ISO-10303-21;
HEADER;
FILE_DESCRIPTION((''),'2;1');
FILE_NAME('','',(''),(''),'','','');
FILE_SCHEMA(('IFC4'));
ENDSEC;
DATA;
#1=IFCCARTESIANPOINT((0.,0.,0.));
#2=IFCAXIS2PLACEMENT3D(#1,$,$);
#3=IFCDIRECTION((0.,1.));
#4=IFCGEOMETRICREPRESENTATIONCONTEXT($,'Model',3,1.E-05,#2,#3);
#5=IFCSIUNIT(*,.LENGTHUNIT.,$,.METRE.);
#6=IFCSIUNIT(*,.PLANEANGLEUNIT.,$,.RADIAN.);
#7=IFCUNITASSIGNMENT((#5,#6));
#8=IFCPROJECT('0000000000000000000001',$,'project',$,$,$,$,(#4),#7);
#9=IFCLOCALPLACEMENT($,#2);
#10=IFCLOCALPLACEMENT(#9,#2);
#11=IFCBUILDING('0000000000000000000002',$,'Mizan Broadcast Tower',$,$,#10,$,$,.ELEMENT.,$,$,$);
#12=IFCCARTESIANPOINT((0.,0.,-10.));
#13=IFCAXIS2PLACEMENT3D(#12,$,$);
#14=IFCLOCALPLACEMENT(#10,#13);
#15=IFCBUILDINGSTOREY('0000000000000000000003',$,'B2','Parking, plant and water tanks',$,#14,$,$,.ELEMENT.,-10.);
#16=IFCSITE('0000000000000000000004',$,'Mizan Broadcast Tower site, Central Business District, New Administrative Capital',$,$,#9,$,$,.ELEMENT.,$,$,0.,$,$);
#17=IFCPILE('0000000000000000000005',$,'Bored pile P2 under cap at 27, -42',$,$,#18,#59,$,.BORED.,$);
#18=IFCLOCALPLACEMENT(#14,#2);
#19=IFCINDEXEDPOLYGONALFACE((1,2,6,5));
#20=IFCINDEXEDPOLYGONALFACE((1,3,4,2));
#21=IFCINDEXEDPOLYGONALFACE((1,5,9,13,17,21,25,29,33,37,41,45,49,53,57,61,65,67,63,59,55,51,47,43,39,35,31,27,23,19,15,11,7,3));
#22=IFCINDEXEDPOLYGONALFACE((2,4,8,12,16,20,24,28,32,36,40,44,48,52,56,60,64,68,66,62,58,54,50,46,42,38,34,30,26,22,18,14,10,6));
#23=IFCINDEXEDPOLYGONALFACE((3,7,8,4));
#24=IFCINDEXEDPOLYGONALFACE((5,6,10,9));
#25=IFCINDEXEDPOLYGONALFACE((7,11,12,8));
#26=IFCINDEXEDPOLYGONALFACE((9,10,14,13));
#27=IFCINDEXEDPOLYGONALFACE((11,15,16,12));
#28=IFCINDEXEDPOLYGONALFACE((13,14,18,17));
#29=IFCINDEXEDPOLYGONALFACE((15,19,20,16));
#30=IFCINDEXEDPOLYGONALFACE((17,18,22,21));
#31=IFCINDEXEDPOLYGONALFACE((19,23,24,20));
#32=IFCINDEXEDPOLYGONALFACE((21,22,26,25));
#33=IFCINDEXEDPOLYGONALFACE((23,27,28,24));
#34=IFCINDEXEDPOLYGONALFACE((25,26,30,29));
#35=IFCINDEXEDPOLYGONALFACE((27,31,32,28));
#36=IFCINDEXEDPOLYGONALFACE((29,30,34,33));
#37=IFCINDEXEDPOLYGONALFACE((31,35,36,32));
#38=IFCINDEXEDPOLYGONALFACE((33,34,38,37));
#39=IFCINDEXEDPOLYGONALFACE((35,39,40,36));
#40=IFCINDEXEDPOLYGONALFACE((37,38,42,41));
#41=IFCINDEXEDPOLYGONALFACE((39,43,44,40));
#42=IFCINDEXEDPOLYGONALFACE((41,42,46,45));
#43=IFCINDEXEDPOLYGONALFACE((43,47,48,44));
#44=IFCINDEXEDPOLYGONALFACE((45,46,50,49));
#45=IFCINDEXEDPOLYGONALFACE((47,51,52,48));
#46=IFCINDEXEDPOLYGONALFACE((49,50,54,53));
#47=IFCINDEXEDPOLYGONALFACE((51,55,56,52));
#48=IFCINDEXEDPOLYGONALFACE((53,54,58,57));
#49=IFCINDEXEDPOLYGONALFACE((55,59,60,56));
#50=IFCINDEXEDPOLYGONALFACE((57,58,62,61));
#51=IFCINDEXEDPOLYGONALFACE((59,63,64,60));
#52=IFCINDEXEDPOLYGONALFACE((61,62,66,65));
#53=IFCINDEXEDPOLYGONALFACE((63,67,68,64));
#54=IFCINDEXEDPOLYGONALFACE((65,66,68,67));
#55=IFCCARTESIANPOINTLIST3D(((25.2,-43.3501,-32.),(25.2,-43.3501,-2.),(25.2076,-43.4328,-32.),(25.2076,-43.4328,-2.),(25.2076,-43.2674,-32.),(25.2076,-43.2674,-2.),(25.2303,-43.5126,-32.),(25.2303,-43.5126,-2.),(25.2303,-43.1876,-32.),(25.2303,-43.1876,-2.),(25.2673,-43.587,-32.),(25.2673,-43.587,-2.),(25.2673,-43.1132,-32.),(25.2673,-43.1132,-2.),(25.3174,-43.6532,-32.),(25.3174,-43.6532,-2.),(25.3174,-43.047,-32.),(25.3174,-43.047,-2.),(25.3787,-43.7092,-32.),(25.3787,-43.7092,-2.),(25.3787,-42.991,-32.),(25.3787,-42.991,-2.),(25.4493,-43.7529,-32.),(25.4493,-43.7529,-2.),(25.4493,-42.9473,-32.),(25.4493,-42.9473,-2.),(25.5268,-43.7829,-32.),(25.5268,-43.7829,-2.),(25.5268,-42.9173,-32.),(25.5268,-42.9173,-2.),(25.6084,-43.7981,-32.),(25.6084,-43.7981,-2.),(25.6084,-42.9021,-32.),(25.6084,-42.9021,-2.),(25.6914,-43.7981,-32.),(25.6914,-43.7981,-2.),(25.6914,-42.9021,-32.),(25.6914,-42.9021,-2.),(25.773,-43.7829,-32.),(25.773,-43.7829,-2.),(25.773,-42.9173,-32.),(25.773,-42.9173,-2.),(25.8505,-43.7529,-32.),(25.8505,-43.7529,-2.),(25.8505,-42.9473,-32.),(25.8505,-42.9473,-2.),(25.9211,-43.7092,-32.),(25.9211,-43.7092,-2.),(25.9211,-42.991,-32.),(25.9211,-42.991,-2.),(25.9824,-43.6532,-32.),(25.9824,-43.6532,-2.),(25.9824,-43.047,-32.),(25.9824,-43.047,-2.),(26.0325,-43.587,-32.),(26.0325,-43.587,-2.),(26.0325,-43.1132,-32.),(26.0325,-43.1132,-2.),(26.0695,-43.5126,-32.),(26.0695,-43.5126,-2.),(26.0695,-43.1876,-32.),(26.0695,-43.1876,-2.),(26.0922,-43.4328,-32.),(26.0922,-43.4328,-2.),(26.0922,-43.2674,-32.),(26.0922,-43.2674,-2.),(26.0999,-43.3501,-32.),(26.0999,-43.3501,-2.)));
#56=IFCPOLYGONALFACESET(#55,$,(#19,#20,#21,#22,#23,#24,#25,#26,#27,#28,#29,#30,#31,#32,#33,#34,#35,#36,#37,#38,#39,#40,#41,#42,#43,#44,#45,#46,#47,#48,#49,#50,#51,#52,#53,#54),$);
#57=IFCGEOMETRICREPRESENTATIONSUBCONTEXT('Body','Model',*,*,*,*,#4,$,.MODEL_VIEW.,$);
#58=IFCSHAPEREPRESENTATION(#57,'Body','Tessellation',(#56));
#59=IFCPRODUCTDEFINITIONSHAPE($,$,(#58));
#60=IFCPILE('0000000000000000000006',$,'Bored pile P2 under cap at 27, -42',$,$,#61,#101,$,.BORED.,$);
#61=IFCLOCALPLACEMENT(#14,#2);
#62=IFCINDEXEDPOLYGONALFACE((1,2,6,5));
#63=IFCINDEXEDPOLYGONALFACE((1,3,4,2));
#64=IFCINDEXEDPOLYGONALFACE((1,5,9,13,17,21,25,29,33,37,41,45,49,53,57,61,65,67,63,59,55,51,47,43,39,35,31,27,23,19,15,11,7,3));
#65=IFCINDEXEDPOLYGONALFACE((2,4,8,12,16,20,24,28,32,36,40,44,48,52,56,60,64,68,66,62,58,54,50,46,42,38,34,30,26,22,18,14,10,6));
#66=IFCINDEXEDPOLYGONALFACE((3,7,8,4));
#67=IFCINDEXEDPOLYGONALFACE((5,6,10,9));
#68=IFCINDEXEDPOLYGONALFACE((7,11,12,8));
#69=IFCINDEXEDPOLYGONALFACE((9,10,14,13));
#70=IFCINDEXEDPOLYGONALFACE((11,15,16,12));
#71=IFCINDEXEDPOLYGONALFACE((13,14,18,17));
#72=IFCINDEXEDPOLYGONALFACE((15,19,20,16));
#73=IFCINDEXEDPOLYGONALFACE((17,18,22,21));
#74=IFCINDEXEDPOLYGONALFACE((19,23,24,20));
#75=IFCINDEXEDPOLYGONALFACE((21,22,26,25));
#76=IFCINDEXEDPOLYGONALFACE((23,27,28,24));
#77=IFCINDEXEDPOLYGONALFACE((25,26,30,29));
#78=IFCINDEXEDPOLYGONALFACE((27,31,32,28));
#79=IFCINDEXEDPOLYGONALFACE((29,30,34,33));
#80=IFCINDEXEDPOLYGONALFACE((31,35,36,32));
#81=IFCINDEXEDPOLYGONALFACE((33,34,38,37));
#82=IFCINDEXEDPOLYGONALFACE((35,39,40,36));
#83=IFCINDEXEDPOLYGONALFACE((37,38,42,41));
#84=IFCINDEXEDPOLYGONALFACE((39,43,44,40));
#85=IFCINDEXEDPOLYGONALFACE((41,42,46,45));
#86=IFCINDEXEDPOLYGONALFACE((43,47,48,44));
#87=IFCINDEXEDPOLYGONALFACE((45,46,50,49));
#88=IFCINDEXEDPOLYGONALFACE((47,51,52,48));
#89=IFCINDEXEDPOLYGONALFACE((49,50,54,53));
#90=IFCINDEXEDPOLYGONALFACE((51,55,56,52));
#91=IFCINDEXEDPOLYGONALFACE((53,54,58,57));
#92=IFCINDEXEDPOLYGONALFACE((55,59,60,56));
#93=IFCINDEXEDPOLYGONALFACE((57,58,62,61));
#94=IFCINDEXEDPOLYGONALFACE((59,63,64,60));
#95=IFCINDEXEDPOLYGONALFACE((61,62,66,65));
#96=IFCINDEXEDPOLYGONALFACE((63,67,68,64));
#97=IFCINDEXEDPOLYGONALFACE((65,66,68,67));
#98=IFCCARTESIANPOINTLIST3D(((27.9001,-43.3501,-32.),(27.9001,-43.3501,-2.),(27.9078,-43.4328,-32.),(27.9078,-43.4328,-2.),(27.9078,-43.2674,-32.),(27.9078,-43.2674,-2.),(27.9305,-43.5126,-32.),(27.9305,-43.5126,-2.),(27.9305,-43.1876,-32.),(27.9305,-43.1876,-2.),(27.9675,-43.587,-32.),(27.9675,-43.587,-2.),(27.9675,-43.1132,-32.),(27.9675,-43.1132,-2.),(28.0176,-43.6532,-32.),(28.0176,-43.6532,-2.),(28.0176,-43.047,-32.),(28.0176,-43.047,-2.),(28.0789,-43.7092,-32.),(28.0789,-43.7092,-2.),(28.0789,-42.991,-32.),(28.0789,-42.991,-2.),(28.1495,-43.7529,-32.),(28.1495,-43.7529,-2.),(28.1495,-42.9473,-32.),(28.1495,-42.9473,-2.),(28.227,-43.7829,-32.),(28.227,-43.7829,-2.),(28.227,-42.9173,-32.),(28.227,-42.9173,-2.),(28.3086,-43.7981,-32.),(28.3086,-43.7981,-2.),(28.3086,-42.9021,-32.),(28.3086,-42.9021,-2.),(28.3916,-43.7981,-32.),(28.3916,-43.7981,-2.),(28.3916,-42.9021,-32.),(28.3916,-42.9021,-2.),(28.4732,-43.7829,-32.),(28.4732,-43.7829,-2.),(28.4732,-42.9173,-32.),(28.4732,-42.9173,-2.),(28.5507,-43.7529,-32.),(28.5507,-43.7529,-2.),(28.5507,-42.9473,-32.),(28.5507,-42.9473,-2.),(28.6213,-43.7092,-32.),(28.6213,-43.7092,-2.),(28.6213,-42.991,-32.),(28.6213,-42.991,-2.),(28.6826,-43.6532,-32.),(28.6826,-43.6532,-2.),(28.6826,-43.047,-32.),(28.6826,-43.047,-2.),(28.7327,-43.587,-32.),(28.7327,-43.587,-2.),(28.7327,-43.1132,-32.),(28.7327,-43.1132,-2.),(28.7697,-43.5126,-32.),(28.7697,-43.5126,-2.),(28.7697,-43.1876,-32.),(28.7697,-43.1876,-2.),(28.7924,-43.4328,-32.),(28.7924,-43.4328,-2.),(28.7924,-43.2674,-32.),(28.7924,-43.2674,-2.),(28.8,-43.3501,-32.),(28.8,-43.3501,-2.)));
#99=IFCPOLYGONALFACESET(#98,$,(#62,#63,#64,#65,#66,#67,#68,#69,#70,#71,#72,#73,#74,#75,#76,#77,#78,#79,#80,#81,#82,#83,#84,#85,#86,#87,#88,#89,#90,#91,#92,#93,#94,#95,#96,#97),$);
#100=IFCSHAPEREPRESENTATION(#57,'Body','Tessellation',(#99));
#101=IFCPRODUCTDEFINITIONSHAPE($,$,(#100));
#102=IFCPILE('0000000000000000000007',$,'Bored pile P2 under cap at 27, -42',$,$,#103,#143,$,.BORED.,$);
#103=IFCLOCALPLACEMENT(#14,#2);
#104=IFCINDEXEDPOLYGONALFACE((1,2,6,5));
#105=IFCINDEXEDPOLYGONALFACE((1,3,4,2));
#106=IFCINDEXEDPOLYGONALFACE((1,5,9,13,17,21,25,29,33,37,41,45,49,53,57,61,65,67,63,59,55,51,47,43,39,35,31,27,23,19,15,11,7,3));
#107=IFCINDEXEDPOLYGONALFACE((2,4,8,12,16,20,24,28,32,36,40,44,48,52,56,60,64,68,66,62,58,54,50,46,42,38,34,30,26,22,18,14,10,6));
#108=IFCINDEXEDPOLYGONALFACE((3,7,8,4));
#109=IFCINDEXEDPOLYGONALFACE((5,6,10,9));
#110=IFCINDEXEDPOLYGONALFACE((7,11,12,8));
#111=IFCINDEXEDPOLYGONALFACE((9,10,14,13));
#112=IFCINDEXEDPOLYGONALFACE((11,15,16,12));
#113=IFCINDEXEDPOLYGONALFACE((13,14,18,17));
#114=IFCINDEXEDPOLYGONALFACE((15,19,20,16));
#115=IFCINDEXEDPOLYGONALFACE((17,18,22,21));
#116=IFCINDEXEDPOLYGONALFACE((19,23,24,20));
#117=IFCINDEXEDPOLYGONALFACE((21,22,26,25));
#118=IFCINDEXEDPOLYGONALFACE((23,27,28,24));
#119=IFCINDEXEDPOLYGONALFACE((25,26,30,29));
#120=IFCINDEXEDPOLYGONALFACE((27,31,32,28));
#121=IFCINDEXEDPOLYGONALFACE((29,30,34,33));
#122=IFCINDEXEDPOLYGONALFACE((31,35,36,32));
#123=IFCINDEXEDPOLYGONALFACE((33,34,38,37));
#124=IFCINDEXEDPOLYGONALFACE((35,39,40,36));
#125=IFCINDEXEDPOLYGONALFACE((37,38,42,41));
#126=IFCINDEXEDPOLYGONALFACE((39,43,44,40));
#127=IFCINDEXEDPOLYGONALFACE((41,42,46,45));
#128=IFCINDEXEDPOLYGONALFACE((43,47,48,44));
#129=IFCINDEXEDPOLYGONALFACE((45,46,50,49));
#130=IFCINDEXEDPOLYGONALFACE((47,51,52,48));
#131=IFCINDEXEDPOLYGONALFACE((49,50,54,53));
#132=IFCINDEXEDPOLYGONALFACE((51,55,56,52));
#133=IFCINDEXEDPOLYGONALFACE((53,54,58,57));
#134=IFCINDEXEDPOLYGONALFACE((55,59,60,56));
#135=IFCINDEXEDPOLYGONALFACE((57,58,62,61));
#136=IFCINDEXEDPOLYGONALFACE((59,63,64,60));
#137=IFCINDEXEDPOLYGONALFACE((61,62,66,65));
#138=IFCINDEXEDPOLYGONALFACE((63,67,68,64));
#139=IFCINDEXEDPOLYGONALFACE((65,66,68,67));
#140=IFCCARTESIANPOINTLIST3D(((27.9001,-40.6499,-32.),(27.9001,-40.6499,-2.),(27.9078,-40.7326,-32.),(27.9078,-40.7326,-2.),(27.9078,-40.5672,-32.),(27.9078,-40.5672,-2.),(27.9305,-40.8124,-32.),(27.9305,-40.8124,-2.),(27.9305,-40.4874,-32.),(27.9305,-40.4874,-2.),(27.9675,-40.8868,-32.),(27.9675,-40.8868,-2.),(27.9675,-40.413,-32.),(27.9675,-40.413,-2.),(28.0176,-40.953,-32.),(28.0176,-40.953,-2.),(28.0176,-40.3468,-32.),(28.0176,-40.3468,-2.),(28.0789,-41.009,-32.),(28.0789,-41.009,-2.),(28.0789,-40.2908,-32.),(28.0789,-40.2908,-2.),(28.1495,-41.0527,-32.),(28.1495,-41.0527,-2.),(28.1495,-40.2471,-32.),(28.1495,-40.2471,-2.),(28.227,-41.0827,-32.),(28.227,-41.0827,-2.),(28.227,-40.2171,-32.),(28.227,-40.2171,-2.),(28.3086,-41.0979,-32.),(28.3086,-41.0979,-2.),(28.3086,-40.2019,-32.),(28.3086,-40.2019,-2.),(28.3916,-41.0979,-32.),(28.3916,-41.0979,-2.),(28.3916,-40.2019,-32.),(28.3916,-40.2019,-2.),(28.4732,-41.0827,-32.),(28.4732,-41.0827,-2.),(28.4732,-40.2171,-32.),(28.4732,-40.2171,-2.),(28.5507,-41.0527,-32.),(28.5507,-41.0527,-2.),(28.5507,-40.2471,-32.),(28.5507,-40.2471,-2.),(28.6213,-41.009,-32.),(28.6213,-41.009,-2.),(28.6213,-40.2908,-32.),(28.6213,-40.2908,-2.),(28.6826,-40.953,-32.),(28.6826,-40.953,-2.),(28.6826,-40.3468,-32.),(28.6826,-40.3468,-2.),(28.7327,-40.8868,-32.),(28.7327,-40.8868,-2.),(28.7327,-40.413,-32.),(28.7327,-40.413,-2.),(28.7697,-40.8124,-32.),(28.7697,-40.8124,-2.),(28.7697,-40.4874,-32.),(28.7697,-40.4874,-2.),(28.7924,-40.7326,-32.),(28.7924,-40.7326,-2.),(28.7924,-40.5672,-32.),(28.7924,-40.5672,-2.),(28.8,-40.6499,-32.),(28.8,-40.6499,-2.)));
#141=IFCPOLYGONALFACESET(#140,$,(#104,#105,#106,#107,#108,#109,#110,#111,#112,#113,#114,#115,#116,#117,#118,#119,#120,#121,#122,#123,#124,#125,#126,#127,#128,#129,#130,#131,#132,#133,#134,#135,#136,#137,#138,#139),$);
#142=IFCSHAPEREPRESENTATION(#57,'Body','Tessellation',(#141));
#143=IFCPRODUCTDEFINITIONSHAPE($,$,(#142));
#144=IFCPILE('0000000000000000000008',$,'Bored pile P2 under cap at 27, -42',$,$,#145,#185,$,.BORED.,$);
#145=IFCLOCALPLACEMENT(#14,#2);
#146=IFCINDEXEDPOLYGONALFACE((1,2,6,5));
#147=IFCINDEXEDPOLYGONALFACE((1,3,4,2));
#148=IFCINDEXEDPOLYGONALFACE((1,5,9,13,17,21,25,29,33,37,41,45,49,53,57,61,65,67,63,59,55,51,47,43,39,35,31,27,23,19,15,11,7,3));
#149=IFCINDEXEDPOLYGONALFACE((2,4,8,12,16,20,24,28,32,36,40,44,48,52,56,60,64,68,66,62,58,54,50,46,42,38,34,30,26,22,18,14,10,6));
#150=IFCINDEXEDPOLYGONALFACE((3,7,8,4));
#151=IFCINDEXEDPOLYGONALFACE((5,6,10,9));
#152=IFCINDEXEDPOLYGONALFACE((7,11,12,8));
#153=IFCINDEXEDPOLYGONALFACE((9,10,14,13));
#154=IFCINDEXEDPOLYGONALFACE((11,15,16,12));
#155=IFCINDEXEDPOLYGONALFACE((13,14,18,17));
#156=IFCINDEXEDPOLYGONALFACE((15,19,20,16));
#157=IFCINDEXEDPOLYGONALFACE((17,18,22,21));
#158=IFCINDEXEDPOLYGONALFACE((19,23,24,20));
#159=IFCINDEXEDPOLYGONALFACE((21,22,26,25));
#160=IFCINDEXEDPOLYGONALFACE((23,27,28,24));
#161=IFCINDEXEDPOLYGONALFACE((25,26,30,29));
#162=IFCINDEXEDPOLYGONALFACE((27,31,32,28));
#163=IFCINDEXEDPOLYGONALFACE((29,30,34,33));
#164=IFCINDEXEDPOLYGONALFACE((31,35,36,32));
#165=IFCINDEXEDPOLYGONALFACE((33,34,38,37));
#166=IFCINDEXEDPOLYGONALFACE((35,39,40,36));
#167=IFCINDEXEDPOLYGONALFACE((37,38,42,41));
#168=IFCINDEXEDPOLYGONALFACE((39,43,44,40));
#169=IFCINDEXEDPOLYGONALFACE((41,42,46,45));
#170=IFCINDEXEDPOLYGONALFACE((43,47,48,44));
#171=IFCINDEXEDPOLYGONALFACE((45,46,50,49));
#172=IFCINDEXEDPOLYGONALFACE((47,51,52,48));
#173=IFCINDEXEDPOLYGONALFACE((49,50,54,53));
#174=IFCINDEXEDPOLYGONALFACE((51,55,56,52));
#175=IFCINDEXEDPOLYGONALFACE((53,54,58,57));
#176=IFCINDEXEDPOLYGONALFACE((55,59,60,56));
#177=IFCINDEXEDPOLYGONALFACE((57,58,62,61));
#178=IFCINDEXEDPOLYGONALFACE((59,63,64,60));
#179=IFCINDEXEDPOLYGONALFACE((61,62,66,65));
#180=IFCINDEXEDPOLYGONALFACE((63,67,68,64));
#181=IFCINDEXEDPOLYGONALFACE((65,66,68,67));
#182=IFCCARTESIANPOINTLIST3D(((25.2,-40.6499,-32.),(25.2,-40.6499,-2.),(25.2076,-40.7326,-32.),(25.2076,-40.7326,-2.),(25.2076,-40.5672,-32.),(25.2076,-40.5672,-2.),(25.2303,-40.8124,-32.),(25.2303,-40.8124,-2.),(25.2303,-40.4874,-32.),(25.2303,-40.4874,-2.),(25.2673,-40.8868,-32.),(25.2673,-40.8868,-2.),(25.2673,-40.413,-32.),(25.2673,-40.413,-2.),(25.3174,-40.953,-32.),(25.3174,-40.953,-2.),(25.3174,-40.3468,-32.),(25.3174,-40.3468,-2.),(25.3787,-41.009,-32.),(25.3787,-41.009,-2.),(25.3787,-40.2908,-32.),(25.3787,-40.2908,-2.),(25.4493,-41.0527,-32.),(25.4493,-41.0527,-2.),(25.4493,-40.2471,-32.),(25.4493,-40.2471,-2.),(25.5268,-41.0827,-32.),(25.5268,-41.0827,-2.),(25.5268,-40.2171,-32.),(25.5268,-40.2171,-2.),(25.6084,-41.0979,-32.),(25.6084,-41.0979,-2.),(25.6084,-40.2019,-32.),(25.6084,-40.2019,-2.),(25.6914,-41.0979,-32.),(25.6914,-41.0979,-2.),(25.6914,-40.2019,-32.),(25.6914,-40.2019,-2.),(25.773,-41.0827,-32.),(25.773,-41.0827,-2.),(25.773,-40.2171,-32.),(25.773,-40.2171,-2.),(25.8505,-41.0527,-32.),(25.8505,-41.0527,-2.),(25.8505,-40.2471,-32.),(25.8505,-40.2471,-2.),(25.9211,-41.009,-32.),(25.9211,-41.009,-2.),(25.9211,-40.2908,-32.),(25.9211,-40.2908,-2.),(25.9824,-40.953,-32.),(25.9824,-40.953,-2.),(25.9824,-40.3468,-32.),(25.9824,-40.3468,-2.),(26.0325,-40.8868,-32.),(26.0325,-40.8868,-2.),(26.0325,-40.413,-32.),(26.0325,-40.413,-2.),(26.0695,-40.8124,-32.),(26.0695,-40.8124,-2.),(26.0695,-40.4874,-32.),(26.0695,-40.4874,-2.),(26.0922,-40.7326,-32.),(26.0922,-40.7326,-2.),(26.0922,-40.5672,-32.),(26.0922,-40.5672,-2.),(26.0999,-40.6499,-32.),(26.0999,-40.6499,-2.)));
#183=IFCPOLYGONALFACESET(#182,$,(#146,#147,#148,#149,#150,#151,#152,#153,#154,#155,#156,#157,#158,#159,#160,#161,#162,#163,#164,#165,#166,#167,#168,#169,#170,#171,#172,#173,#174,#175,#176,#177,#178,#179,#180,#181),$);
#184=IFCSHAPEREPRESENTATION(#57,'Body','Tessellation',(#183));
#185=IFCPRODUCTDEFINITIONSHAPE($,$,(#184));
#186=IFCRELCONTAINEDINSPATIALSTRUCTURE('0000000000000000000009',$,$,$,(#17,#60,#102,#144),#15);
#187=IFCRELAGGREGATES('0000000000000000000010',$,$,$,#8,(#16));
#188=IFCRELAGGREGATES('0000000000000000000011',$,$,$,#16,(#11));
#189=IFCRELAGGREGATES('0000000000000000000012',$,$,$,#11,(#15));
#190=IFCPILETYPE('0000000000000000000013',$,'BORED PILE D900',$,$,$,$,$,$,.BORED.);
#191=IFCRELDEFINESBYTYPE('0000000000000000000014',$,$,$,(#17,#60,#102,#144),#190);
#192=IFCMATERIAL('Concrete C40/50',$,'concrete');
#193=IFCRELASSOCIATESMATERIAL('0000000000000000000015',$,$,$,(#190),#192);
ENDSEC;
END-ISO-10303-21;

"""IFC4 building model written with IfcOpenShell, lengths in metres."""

from ifc_helpers import new_model, si_unit, direction, frame, origin, origin_2d, place, context, subcontext, project, spatial, circle, extrude, material, material_profile, profile_set, type_object, element, save


model = new_model("IFC4")

# Units and contexts
model_context = context("Model", 3, precision=1e-05, world=origin(), true_north=direction((0.0, 1.0)))
body_context = subcontext(model_context, "Body", "Model", "MODEL_VIEW")
ifc_project = project(units=[si_unit("LENGTHUNIT", "METRE"), si_unit("PLANEANGLEUNIT", "RADIAN")], contexts=[model_context])

# Site, building, storey
site_placement = place(None, origin())
site = spatial("IfcSite", under=ifc_project, at=site_placement, Name="Mizan Broadcast Tower site, Central Business District, New Administrative Capital", CompositionType="ELEMENT", RefElevation=0.0)
building_placement = place(site_placement, origin())
building = spatial("IfcBuilding", under=site, at=building_placement, Name="Mizan Broadcast Tower", CompositionType="ELEMENT")
storey_placement = place(building_placement, frame((0.0, 0.0, -10.0)))
storey = spatial("IfcBuildingStorey", under=building, at=storey_placement, Name="B2", Description="Parking, plant and water tanks", CompositionType="ELEMENT", Elevation=-10.0)

# Piles
ifc_material_1 = material(Name="Concrete C40/50", Category="concrete")
ifc_material_profile_1 = material_profile(ifc_material_1, circle(Radius=0.45, at=origin_2d()), Name="D900")
ifc_profile_set_1 = profile_set([ifc_material_profile_1], Name="Concrete C40/50")
pile_type = type_object("IfcPileType", Name="BORED PILE D900", PredefinedType="BORED", material=ifc_profile_set_1)
for number, where, z_axis, x_axis, name in (
    (1, (25.6499, -43.3501, -2.0), (0.0, 0.0, -1.0), (1.0, 0.0, 0.0), "Bored pile P2 under cap at 27, -42"),
    (2, (28.3501, -43.3501, -2.0), (0.0, 0.0, -1.0), (1.0, 0.0, 0.0), "Bored pile P2 under cap at 27, -42"),
    (3, (28.3501, -40.6499, -2.0), (0.0, 0.0, -1.0), (1.0, 0.0, 0.0), "Bored pile P2 under cap at 27, -42"),
    (4, (25.6499, -40.6499, -2.0), (0.0, 0.0, -1.0), (1.0, 0.0, 0.0), "Bored pile P2 under cap at 27, -42"),
):
    element("IfcPile", number, at=place(storey_placement, frame(where, z_axis=z_axis, x_axis=x_axis)), inside=storey, type_object=pile_type, Name=name, PredefinedType="BORED", context=body_context, shape_type="SweptSolid", body=[
        extrude(circle(Radius=0.45, at=origin_2d()), origin(), (0.0, 0.0, 1.0), 30.0),
    ])

save(model, "model.ifc")
